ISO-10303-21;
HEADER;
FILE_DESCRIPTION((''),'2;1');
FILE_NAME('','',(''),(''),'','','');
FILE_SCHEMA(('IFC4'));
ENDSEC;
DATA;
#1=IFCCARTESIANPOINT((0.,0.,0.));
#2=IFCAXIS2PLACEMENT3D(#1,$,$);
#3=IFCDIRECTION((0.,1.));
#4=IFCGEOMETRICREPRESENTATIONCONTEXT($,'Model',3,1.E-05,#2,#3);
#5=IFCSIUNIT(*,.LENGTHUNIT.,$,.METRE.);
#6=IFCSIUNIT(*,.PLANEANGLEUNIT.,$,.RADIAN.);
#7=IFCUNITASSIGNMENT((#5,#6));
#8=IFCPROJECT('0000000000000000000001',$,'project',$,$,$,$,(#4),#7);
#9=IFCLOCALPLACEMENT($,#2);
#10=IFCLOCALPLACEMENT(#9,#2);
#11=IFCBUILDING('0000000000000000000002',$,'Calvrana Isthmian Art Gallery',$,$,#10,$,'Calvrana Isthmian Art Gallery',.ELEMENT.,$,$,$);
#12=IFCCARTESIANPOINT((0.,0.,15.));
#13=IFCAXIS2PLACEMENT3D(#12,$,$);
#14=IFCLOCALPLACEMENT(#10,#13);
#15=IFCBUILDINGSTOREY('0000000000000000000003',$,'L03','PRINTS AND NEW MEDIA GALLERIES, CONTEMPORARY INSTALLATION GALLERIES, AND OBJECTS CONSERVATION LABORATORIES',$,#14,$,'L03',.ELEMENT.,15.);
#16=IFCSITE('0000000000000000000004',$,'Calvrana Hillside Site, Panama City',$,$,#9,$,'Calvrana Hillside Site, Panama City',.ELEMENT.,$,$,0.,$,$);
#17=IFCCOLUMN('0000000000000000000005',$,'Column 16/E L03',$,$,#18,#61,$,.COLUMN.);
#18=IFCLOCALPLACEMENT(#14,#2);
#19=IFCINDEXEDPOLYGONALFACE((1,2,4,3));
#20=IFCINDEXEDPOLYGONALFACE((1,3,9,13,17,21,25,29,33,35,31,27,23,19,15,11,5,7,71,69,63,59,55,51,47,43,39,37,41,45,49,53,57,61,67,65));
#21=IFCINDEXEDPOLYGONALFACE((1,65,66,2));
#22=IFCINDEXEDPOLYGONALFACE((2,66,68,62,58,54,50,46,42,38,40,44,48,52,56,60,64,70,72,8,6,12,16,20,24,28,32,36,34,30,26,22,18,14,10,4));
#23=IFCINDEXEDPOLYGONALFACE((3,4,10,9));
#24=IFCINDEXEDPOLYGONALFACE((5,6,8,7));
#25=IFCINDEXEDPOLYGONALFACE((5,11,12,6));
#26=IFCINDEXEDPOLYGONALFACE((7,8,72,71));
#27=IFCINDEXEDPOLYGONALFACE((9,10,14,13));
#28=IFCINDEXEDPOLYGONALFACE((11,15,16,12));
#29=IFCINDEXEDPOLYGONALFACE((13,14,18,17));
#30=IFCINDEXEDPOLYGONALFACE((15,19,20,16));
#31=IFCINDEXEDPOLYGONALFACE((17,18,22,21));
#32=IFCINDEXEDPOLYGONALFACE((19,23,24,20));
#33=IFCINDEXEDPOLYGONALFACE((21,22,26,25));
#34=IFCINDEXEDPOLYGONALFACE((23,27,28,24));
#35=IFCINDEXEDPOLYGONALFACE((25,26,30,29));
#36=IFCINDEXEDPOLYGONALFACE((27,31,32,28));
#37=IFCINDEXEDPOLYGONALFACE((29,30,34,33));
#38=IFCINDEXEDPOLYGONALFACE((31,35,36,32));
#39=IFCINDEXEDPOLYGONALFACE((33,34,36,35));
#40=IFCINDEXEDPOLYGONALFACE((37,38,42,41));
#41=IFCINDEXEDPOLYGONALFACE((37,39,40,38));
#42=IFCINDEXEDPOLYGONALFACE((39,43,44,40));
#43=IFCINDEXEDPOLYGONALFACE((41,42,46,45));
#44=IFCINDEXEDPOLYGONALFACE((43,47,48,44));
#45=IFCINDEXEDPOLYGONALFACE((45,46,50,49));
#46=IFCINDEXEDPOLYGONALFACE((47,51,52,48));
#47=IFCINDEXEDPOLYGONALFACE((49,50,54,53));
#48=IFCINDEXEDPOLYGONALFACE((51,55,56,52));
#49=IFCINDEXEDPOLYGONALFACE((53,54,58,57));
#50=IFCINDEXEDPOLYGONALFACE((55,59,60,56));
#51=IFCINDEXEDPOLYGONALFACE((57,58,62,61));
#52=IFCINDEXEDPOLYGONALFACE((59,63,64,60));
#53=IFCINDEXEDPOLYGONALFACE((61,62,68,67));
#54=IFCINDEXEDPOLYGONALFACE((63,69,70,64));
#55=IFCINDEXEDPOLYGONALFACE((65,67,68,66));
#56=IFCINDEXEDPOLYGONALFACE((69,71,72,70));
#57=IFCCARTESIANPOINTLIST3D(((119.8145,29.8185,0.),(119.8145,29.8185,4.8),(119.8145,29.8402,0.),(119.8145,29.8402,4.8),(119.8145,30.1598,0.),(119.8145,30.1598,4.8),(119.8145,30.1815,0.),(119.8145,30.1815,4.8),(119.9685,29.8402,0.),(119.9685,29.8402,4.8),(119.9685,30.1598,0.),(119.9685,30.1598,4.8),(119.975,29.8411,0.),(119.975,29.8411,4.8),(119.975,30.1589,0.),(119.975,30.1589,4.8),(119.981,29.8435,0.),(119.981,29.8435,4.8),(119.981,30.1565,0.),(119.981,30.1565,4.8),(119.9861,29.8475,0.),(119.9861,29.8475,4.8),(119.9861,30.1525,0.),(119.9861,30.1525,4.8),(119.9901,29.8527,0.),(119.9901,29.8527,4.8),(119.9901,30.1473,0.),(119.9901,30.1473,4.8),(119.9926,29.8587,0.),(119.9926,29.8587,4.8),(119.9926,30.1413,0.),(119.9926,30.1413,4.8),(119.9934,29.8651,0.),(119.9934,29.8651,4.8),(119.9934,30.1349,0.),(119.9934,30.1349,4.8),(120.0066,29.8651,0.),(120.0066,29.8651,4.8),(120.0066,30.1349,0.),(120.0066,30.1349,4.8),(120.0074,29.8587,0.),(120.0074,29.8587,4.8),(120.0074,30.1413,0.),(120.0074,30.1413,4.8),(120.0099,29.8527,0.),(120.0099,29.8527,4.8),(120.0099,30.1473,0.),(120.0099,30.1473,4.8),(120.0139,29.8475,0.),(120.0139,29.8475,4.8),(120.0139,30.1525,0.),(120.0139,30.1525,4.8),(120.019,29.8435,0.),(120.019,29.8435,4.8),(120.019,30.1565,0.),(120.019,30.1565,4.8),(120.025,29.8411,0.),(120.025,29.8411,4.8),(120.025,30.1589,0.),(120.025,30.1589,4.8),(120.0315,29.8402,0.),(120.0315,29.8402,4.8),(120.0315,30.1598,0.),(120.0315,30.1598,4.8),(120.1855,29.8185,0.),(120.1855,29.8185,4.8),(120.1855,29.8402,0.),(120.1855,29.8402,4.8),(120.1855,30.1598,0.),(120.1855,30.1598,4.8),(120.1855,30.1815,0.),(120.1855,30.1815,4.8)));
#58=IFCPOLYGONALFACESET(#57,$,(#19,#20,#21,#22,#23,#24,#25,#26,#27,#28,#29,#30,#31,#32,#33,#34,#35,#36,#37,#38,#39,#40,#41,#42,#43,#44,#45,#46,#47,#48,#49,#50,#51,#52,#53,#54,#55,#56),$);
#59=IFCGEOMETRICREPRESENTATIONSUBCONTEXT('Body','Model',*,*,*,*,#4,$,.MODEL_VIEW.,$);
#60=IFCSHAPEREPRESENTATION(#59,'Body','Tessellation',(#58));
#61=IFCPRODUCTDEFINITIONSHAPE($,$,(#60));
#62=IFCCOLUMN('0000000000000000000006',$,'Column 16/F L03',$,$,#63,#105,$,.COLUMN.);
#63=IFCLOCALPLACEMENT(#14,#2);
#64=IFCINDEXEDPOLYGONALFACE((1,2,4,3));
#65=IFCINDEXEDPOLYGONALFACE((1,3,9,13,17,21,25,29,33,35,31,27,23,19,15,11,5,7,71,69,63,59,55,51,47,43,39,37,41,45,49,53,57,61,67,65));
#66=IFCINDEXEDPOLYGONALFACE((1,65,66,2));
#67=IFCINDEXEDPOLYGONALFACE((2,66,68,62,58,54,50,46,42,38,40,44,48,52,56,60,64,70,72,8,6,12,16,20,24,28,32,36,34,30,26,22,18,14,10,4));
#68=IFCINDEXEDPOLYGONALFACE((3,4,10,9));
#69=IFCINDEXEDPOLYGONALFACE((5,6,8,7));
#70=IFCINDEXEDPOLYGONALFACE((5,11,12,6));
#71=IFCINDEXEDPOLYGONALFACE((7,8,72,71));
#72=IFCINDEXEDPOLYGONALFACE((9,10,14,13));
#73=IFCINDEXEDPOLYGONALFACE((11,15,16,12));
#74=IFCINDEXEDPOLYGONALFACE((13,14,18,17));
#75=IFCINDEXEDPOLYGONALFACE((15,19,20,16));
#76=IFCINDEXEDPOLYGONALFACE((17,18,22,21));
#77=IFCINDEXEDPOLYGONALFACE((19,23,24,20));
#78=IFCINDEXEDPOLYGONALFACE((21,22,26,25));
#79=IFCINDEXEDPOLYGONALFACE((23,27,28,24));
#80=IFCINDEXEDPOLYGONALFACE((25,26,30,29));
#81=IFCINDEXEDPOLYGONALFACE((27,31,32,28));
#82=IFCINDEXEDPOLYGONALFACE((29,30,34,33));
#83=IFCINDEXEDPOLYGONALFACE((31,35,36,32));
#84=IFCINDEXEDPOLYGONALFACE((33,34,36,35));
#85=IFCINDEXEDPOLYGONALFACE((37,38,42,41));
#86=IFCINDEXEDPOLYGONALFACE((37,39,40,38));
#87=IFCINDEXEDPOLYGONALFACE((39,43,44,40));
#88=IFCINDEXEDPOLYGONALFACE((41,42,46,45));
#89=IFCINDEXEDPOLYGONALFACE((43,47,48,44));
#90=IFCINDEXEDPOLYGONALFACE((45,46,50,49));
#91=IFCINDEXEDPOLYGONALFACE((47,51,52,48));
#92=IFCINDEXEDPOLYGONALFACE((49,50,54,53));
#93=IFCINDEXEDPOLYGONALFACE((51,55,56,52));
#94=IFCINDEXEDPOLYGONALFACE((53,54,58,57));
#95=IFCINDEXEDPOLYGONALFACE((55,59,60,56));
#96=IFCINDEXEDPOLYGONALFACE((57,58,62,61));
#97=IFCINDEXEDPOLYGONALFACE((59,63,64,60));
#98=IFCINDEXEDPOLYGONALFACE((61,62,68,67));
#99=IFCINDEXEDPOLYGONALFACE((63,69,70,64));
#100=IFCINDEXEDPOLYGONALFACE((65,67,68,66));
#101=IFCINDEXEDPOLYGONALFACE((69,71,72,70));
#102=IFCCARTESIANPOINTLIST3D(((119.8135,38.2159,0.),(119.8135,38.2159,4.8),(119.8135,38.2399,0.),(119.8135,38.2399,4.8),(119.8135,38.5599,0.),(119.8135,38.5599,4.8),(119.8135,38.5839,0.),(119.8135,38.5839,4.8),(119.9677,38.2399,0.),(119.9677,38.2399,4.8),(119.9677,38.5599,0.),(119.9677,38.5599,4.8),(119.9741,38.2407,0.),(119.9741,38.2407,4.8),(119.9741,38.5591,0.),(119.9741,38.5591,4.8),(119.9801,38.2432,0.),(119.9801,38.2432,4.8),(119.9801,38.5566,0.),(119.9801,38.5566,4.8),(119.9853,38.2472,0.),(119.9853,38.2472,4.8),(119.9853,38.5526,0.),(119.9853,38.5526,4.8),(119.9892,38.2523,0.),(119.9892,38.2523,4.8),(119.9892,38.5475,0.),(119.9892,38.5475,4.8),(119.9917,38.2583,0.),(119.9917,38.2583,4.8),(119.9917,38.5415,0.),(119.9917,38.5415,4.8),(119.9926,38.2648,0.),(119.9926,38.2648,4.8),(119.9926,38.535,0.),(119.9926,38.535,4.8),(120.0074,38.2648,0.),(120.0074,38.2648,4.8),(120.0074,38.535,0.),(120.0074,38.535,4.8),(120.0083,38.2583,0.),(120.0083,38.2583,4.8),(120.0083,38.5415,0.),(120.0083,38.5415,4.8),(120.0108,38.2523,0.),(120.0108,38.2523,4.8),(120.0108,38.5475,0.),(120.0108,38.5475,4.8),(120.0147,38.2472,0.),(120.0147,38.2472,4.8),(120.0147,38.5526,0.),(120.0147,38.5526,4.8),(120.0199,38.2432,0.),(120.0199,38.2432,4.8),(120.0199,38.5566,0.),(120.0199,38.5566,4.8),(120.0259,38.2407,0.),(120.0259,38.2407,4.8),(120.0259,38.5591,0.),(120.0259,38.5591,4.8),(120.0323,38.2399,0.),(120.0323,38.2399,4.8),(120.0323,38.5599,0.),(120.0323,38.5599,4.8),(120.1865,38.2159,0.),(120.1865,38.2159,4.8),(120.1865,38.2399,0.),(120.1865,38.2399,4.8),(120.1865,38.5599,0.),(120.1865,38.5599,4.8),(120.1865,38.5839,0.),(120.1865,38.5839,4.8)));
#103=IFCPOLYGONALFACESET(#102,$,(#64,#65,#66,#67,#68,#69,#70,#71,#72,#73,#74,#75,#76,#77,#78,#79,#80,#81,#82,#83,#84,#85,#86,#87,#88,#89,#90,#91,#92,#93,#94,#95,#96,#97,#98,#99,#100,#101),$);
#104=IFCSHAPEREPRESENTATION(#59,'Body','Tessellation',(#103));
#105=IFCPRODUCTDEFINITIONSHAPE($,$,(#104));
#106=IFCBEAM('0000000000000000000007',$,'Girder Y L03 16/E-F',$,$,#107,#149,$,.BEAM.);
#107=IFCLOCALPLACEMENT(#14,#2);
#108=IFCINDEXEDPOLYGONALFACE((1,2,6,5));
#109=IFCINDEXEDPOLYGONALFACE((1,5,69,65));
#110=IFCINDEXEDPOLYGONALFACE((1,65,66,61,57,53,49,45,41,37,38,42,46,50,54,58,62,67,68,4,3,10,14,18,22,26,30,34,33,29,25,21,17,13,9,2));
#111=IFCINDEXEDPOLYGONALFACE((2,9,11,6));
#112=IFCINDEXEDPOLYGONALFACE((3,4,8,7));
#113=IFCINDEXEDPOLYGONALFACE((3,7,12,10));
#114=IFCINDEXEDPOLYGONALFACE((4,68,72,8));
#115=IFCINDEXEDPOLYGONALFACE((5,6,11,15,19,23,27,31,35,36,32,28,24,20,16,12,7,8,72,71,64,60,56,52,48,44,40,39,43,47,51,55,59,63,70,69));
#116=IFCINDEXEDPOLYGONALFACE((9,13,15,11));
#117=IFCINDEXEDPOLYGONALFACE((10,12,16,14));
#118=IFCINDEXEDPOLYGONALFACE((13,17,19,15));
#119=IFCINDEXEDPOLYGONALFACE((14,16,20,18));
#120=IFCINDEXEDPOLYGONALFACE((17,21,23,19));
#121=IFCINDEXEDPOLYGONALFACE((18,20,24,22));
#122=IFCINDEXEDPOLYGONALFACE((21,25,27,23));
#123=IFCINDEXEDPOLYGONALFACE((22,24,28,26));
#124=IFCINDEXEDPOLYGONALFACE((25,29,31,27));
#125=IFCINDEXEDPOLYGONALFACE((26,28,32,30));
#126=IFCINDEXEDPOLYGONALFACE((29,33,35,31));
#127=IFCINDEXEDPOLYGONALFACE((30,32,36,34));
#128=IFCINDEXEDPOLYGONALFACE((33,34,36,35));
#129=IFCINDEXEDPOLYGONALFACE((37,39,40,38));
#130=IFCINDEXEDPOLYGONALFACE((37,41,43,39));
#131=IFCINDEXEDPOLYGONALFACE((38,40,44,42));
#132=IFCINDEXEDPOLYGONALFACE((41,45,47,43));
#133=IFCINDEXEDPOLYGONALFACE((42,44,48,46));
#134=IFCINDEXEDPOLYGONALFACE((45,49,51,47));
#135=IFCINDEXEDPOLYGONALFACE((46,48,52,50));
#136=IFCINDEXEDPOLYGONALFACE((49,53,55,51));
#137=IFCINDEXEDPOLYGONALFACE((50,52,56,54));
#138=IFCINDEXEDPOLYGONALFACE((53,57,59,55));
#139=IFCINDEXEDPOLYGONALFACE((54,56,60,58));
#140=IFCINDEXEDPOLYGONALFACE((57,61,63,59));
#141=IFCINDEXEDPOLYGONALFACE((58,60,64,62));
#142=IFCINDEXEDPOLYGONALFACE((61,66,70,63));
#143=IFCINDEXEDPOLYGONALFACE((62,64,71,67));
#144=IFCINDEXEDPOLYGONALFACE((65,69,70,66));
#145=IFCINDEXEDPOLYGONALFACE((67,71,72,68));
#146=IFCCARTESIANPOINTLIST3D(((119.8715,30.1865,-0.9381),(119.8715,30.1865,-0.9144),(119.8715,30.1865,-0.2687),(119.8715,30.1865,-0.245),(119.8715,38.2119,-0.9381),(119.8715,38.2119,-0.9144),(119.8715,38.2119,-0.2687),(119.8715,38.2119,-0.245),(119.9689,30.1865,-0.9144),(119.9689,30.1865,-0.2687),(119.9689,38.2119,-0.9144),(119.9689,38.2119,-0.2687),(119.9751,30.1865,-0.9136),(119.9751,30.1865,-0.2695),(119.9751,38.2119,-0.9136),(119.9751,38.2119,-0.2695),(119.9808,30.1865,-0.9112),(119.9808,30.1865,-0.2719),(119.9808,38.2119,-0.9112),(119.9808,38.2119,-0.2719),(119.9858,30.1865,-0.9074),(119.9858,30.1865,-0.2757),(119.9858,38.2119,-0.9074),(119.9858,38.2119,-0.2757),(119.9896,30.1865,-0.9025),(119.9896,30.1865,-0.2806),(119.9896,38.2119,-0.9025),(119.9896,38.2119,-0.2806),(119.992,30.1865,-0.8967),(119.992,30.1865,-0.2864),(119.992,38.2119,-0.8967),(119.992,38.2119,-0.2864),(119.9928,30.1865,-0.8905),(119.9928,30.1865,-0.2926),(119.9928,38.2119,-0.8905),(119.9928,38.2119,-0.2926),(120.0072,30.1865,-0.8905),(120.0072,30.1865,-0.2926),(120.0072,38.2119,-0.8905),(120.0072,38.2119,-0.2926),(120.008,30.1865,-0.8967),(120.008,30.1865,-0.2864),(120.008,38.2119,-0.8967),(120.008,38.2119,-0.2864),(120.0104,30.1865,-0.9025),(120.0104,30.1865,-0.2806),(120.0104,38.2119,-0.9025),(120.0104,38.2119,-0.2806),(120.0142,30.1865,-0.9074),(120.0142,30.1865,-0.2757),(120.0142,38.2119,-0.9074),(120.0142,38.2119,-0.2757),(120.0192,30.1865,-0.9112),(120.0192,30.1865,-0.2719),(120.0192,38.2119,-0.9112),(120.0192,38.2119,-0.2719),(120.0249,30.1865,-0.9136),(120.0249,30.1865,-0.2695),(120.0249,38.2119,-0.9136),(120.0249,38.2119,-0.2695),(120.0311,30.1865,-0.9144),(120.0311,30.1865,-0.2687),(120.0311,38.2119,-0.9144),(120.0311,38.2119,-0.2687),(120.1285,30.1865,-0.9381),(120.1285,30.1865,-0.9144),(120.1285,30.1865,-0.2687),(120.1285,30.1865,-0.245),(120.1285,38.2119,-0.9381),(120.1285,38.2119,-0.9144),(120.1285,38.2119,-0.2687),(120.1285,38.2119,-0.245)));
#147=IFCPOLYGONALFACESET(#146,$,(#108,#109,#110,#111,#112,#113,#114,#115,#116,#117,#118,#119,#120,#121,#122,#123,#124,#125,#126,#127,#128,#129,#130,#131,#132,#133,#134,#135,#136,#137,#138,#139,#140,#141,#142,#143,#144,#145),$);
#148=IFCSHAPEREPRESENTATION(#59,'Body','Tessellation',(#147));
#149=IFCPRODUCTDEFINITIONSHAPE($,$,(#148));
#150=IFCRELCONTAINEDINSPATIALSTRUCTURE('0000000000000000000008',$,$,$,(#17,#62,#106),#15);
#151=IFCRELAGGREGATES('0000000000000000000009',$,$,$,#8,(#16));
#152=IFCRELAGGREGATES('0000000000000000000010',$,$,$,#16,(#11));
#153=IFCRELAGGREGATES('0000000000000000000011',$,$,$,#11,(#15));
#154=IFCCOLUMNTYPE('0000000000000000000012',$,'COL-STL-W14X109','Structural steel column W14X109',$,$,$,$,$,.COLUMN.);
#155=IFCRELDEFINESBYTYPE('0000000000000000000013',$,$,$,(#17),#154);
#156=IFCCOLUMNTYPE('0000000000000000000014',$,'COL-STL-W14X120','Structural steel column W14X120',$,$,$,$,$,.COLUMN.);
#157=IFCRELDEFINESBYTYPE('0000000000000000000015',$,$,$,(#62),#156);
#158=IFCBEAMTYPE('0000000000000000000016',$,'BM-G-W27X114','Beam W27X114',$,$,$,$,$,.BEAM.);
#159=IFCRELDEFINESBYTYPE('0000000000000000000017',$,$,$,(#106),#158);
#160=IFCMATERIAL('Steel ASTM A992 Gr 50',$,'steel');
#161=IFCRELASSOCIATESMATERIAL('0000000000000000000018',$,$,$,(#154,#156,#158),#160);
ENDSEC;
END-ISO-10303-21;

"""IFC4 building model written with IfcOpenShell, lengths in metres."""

from ifc_helpers import new_model, si_unit, direction, frame, origin, origin_2d, place, context, subcontext, project, spatial, i_section, extrude, material, material_profile, profile_set, type_object, element, save


model = new_model("IFC4")

# Units and contexts
model_context = context("Model", 3, precision=1e-05, world=origin(), true_north=direction((0.0, 1.0)))
body_context = subcontext(model_context, "Body", "Model", "MODEL_VIEW")
ifc_project = project(units=[si_unit("LENGTHUNIT", "METRE"), si_unit("PLANEANGLEUNIT", "RADIAN")], contexts=[model_context])

# Site, building, storey
site_placement = place(None, origin())
site = spatial("IfcSite", under=ifc_project, at=site_placement, Name="Calvrana Hillside Site, Panama City", LongName="Calvrana Hillside Site, Panama City", CompositionType="ELEMENT", RefElevation=0.0)
building_placement = place(site_placement, origin())
building = spatial("IfcBuilding", under=site, at=building_placement, Name="Calvrana Isthmian Art Gallery", LongName="Calvrana Isthmian Art Gallery", CompositionType="ELEMENT")
storey_placement = place(building_placement, frame((0.0, 0.0, 15.0)))
storey = spatial("IfcBuildingStorey", under=building, at=storey_placement, Name="L03", Description="PRINTS AND NEW MEDIA GALLERIES, CONTEMPORARY INSTALLATION GALLERIES, AND OBJECTS CONSERVATION LABORATORIES", LongName="L03", CompositionType="ELEMENT", Elevation=15.0)

# Columns
ifc_material_1 = material(Name="Steel ASTM A992 Gr 50", Category="steel")
ifc_material_profile_1 = material_profile(ifc_material_1, i_section(OverallWidth=0.3711, OverallDepth=0.363, WebThickness=0.0132, FlangeThickness=0.0217, FilletRadius=0.0249, at=origin_2d()), Name="W14X109")
ifc_profile_set_1 = profile_set([ifc_material_profile_1], Name="Steel ASTM A992 Gr 50")
column_type_1 = type_object("IfcColumnType", Name="COL-STL-W14X109", Description="Structural steel column W14X109", PredefinedType="COLUMN", material=ifc_profile_set_1)
column_1_placement = place(storey_placement, frame((120.0, 30.0, 0.0), z_axis=(0.0, 0.0, 1.0), x_axis=(1.0, 0.0, 0.0)))
element("IfcColumn", 1, at=column_1_placement, inside=storey, type_object=column_type_1, Name="Column 16/E L03", PredefinedType="COLUMN", context=body_context, shape_type="SweptSolid", body=[
    extrude(i_section(OverallWidth=0.3711, OverallDepth=0.363, WebThickness=0.0132, FlangeThickness=0.0217, FilletRadius=0.0249, at=origin_2d()), origin(), (0.0, 0.0, 1.0), 4.8),
])
ifc_material_profile_2 = material_profile(ifc_material_1, i_section(OverallWidth=0.373, OverallDepth=0.3679, WebThickness=0.0149, FlangeThickness=0.0239, FilletRadius=0.0249, at=origin_2d()), Name="W14X120")
ifc_profile_set_2 = profile_set([ifc_material_profile_2], Name="Steel ASTM A992 Gr 50")
column_type_2 = type_object("IfcColumnType", Name="COL-STL-W14X120", Description="Structural steel column W14X120", PredefinedType="COLUMN", material=ifc_profile_set_2)
column_2_placement = place(storey_placement, frame((120.0, 38.3999, 0.0), z_axis=(0.0, 0.0, 1.0), x_axis=(1.0, 0.0, 0.0)))
element("IfcColumn", 2, at=column_2_placement, inside=storey, type_object=column_type_2, Name="Column 16/F L03", PredefinedType="COLUMN", context=body_context, shape_type="SweptSolid", body=[
    extrude(i_section(OverallWidth=0.373, OverallDepth=0.3679, WebThickness=0.0149, FlangeThickness=0.0239, FilletRadius=0.0249, at=origin_2d()), origin(), (0.0, 0.0, 1.0), 4.8),
])

# Beam
ifc_material_profile_3 = material_profile(ifc_material_1, i_section(OverallWidth=0.2571, OverallDepth=0.6931, WebThickness=0.0144, FlangeThickness=0.0237, FilletRadius=0.0239, at=origin_2d()), Name="W27X114")
ifc_profile_set_3 = profile_set([ifc_material_profile_3], Name="Steel ASTM A992 Gr 50")
beam_type_1 = type_object("IfcBeamType", Name="BM-G-W27X114", Description="Beam W27X114", PredefinedType="BEAM", material=ifc_profile_set_3)
beam_1_placement = place(storey_placement, frame((120.0, 30.1865, -0.5916), z_axis=(0.0, 1.0, 0.0), x_axis=(-1.0, 0.0, 0.0)))
element("IfcBeam", 3, at=beam_1_placement, inside=storey, type_object=beam_type_1, Name="Girder Y L03 16/E-F", PredefinedType="BEAM", context=body_context, shape_type="SweptSolid", body=[
    extrude(i_section(OverallWidth=0.2571, OverallDepth=0.6931, WebThickness=0.0144, FlangeThickness=0.0237, FilletRadius=0.0239, at=origin_2d()), origin(), (0.0, 0.0, 1.0), 8.0254),
])

save(model, "model.ifc")
